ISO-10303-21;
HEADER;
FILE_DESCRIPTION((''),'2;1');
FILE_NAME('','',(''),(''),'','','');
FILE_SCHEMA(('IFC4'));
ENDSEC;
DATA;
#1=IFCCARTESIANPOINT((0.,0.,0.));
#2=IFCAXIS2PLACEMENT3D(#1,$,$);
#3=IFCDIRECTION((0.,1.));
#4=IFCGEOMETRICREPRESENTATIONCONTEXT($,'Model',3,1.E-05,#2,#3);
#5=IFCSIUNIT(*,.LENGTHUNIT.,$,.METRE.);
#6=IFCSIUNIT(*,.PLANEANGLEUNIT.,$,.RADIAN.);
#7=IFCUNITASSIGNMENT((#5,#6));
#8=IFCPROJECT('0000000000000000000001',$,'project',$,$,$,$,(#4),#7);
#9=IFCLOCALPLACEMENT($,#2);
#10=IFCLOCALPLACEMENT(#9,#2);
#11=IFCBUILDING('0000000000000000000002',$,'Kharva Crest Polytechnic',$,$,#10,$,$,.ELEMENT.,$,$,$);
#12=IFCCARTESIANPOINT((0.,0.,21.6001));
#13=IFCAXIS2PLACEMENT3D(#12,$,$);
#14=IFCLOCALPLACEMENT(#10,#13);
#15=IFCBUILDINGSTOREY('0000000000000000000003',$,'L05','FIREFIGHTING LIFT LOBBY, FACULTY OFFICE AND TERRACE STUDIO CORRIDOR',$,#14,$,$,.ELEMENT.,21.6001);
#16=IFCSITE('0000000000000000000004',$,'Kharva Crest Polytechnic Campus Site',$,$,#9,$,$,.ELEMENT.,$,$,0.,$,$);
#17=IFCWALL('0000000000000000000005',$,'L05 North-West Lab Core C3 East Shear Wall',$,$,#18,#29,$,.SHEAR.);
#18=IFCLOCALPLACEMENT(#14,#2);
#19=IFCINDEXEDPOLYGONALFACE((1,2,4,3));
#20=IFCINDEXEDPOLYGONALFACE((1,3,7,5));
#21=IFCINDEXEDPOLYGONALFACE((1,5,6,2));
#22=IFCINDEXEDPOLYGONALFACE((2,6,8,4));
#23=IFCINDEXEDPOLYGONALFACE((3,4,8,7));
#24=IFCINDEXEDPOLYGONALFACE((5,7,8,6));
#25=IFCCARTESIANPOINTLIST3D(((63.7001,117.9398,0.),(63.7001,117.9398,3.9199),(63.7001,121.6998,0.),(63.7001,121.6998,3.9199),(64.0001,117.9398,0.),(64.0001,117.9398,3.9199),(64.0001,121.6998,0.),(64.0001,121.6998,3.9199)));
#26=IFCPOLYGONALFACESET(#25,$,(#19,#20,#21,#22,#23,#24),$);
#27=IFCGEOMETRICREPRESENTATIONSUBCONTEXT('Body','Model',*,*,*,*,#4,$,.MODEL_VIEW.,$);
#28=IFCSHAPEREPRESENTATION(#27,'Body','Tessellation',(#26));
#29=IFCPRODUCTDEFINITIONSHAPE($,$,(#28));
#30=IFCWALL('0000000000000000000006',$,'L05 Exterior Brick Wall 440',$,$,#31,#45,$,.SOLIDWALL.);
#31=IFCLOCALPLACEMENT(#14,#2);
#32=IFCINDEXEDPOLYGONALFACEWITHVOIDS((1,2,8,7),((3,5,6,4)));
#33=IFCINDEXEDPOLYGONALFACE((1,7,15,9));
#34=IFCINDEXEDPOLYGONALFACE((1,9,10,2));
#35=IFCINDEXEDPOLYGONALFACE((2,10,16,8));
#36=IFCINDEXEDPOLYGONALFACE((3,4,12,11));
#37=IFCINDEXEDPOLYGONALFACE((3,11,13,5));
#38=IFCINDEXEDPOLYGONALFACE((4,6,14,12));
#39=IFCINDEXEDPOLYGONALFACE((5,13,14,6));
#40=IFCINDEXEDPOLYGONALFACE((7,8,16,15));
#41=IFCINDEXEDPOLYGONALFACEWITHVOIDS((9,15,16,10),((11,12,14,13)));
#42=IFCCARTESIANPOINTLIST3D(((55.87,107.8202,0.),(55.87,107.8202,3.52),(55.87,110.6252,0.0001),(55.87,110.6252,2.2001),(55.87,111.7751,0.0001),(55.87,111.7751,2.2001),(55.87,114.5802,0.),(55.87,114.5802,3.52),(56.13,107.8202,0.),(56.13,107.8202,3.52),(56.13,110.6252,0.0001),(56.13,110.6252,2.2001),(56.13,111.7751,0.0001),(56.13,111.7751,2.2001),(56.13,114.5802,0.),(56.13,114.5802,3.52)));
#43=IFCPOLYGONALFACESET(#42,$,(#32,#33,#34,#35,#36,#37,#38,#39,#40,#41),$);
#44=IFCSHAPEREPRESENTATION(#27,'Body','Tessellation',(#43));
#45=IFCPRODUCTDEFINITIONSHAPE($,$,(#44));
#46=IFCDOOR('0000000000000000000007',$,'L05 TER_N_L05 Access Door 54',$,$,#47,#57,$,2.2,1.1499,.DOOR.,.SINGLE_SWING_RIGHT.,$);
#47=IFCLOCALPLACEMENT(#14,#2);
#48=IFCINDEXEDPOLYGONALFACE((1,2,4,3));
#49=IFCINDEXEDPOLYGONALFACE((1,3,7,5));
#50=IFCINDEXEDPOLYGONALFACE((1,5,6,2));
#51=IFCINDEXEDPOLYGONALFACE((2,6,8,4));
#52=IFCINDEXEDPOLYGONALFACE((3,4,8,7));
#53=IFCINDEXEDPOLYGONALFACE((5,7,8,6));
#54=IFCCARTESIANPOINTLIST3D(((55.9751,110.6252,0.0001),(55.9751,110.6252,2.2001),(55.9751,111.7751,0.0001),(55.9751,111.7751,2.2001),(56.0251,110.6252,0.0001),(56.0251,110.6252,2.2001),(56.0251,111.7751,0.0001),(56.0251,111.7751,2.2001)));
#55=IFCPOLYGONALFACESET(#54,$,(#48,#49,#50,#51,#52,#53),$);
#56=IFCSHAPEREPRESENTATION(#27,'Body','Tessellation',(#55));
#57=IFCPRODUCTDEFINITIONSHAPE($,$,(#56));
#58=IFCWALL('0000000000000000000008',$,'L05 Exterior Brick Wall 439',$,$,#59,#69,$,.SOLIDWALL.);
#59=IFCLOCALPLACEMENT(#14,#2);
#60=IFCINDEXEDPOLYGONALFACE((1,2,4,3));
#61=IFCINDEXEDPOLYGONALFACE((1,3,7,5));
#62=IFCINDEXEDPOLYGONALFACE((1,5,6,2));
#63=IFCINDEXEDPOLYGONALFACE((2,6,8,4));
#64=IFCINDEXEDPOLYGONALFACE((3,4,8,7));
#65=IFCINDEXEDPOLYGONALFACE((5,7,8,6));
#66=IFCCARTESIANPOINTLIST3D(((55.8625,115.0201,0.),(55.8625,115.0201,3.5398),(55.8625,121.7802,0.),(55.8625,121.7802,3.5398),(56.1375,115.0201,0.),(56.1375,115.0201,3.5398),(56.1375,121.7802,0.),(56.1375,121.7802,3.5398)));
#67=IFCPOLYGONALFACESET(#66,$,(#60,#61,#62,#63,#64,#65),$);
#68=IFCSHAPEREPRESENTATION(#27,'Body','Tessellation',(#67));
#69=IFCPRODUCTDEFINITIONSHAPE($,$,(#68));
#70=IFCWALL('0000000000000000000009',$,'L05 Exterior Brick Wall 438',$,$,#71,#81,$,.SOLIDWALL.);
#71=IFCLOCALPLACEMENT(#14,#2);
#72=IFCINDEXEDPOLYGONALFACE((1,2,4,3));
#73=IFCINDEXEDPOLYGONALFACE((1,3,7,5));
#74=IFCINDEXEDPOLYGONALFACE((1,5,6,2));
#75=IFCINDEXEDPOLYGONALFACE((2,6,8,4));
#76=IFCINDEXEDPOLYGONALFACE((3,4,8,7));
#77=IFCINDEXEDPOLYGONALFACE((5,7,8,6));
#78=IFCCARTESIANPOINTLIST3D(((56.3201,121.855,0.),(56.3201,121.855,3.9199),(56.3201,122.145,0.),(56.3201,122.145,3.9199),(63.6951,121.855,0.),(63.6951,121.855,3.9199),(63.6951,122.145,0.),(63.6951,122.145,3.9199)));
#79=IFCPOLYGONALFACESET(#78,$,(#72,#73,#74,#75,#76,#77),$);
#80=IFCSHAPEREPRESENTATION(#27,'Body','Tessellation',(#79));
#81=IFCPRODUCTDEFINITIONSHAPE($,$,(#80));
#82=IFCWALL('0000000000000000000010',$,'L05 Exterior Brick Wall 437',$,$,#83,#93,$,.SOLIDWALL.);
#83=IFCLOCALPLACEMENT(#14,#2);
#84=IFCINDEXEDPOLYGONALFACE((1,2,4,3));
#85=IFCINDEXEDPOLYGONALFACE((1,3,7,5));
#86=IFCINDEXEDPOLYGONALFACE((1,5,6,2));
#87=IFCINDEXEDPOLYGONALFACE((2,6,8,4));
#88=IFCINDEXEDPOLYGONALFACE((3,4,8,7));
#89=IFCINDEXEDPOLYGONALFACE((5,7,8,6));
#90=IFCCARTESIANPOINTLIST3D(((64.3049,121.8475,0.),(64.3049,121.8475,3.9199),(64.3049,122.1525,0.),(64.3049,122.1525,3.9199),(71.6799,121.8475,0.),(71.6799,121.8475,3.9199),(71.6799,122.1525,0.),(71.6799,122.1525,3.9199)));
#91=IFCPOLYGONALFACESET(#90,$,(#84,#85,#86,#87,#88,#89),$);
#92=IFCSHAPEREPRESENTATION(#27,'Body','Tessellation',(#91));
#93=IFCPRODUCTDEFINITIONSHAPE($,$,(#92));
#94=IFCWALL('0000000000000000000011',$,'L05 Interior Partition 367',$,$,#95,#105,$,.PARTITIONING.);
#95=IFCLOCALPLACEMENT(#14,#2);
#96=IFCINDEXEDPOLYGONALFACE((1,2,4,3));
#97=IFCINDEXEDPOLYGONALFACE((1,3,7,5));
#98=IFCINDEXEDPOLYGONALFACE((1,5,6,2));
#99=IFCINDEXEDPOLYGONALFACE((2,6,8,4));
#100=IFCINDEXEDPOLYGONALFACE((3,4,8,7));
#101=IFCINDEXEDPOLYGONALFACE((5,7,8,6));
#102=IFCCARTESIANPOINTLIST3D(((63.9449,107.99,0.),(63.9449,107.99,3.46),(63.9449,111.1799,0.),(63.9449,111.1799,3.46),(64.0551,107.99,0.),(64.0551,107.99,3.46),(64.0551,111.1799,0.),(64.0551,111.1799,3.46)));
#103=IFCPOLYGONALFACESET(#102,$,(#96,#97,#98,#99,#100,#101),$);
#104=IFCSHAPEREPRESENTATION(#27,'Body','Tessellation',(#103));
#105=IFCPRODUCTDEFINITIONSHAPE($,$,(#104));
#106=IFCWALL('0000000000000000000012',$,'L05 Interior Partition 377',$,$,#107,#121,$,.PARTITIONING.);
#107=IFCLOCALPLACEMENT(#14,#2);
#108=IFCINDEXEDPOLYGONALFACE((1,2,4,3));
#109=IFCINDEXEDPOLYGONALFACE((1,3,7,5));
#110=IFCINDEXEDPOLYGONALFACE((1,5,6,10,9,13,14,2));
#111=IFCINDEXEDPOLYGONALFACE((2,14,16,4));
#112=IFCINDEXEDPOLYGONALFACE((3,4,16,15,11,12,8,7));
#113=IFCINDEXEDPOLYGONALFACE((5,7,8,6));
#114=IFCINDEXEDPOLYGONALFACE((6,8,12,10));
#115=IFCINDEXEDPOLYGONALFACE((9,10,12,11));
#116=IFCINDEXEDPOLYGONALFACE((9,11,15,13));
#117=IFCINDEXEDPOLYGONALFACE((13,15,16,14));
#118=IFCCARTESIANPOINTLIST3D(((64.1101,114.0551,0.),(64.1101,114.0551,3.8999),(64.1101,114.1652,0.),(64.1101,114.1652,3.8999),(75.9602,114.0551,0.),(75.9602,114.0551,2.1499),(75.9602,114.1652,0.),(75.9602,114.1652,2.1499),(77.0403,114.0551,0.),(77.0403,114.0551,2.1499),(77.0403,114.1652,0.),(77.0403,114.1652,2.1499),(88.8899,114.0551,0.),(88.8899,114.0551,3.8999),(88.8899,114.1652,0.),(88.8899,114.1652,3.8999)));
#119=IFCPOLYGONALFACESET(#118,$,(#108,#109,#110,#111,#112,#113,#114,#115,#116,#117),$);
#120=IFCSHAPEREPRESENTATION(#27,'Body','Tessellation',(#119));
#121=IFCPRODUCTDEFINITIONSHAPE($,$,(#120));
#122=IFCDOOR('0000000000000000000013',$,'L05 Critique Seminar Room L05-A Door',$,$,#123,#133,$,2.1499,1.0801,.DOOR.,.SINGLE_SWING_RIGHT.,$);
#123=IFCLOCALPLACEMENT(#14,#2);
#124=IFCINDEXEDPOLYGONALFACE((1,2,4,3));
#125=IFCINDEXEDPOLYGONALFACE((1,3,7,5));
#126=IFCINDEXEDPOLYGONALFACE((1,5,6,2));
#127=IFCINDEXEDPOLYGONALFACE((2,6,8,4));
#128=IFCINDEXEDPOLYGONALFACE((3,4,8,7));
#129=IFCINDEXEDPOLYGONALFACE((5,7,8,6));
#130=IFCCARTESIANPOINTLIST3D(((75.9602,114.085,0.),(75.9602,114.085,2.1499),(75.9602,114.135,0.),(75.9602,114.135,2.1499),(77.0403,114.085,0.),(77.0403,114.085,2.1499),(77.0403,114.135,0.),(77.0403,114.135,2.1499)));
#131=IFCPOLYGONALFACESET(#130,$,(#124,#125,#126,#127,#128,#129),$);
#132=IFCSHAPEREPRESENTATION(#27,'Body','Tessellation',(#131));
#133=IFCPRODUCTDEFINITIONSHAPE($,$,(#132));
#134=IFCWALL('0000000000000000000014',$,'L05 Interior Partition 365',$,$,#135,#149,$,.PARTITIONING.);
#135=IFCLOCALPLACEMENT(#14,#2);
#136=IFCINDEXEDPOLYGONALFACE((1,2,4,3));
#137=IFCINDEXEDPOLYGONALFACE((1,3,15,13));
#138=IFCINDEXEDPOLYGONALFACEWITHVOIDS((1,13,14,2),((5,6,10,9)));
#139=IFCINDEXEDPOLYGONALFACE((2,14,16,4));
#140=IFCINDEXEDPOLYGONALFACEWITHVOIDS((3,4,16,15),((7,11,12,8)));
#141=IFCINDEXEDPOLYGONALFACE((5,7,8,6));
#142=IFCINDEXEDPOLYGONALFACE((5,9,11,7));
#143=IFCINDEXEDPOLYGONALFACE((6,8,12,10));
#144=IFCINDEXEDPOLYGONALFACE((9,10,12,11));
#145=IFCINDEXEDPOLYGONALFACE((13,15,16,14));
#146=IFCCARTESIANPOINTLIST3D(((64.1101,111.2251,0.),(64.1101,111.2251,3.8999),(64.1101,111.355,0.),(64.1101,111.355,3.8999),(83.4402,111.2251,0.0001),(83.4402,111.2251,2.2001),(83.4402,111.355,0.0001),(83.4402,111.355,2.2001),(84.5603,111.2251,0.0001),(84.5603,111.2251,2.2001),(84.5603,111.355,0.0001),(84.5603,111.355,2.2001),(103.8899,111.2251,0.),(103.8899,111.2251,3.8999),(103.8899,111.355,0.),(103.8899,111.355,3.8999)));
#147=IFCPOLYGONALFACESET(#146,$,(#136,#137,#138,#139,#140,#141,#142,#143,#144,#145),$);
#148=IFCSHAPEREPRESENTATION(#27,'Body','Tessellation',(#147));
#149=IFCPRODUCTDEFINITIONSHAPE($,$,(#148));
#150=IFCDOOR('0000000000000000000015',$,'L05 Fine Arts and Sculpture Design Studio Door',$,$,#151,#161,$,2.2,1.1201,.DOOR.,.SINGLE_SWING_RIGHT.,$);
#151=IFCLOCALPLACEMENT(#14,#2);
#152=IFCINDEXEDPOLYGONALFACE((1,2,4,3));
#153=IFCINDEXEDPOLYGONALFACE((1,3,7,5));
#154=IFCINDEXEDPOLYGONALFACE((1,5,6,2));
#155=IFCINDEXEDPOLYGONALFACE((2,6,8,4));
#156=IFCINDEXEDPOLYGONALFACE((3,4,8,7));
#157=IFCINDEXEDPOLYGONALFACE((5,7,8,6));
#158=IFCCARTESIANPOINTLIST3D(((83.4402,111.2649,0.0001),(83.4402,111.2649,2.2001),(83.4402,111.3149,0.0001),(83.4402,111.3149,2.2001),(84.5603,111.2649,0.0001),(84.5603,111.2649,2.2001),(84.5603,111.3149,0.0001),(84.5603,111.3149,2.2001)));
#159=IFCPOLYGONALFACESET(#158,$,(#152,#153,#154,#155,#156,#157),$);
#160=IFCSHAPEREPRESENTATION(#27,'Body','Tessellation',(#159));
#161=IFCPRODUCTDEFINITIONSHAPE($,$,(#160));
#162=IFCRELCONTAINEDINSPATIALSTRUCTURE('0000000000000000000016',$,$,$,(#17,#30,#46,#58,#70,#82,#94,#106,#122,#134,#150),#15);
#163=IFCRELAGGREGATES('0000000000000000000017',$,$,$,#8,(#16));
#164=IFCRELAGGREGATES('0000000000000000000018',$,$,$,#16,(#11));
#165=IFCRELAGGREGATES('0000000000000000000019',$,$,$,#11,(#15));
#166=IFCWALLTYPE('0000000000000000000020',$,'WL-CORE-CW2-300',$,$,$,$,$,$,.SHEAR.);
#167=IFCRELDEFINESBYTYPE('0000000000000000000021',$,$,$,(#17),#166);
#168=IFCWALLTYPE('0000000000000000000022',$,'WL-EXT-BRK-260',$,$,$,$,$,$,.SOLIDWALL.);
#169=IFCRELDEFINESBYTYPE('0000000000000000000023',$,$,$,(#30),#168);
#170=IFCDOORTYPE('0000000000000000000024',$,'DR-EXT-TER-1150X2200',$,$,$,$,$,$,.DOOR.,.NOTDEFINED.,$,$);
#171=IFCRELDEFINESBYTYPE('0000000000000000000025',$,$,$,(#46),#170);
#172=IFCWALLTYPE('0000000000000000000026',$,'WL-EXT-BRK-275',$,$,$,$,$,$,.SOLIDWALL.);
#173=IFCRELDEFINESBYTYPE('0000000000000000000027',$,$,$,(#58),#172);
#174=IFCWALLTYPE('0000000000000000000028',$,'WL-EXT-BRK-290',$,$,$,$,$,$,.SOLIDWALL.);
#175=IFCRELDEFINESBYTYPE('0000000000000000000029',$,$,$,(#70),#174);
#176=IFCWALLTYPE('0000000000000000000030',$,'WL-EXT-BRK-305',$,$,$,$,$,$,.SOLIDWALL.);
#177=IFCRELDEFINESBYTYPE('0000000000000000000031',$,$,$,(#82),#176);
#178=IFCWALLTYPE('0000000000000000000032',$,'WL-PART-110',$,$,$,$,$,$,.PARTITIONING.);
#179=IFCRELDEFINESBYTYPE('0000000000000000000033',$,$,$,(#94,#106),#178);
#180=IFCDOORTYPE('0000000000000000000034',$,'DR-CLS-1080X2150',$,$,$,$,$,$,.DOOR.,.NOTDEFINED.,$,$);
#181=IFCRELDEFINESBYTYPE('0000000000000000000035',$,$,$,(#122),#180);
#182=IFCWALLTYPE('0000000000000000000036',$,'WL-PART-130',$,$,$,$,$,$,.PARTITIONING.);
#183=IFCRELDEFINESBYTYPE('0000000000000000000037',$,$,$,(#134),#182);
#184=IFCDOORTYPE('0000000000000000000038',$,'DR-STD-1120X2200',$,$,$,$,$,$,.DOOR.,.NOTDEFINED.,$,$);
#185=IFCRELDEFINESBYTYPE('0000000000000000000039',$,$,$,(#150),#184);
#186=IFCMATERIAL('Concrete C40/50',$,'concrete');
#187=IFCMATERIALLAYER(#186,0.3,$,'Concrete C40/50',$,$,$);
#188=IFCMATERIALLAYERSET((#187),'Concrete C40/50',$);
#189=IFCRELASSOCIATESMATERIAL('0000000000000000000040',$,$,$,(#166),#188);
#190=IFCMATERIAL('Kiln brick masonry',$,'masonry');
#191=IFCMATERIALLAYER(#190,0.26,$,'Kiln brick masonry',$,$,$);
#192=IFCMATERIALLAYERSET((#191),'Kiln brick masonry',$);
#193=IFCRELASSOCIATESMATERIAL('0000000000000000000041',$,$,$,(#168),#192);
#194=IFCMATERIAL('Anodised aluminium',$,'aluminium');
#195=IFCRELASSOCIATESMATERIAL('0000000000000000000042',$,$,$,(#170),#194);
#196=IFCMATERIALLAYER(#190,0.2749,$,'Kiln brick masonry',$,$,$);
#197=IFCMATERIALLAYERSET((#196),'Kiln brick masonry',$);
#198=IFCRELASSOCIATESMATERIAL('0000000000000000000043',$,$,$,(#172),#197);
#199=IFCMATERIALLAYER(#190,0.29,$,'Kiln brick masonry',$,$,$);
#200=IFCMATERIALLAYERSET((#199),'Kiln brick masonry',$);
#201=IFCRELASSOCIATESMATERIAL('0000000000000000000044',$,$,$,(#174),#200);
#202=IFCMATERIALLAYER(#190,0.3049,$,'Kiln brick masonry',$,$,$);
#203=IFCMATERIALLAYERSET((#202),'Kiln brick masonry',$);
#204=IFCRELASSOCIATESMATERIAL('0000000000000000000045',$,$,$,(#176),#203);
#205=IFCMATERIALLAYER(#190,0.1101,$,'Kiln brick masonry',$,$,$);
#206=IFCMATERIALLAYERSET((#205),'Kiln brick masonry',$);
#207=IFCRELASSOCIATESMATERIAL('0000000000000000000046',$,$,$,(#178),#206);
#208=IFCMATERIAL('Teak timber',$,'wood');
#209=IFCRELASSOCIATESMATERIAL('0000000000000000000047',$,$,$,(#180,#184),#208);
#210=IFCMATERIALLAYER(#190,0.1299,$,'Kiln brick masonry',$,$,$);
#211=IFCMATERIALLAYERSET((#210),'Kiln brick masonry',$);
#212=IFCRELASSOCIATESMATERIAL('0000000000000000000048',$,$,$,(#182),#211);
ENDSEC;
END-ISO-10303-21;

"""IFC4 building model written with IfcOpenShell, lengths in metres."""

from ifc_helpers import new_model, si_unit, direction, frame, frame_2d, origin, place, context, subcontext, project, spatial, rectangle, extrude, material, layer, layer_set, type_object, element, fill, save


model = new_model("IFC4")

# Units and contexts
model_context = context("Model", 3, precision=1e-05, world=origin(), true_north=direction((0.0, 1.0)))
body_context = subcontext(model_context, "Body", "Model", "MODEL_VIEW")
ifc_project = project(units=[si_unit("LENGTHUNIT", "METRE"), si_unit("PLANEANGLEUNIT", "RADIAN")], contexts=[model_context])

# Site, building, storey
site_placement = place(None, origin())
site = spatial("IfcSite", under=ifc_project, at=site_placement, Name="Kharva Crest Polytechnic Campus Site", CompositionType="ELEMENT", RefElevation=0.0)
building_placement = place(site_placement, origin())
building = spatial("IfcBuilding", under=site, at=building_placement, Name="Kharva Crest Polytechnic", CompositionType="ELEMENT")
storey_placement = place(building_placement, frame((0.0, 0.0, 21.6001)))
storey = spatial("IfcBuildingStorey", under=building, at=storey_placement, Name="L05", Description="FIREFIGHTING LIFT LOBBY, FACULTY OFFICE AND TERRACE STUDIO CORRIDOR", CompositionType="ELEMENT", Elevation=21.6001)

# Shared definitions
ifc_material_1 = material(Name="Concrete C40/50", Category="concrete")

# Shared definitions
ifc_layer_1 = layer(ifc_material_1, 0.3, Name="Concrete C40/50")
ifc_layer_set_1 = layer_set([ifc_layer_1], Name="Concrete C40/50")
wall_type_1 = type_object("IfcWallType", Name="WL-CORE-CW2-300", PredefinedType="SHEAR", material=ifc_layer_set_1)
ifc_material_2 = material(Name="Teak timber", Category="wood")

# Wall
wall_1_placement = place(storey_placement, frame((63.8501, 117.9399, 0.0), z_axis=(0.0, 0.0, 1.0), x_axis=(0.0, 1.0, 0.0)))
element("IfcWall", 1, at=wall_1_placement, inside=storey, type_object=wall_type_1, Name="L05 North-West Lab Core C3 East Shear Wall", PredefinedType="SHEAR", context=body_context, shape_type="SweptSolid", body=[
    extrude(rectangle(XDim=3.76, YDim=0.3, at=frame_2d((1.8799, 0.0))), origin(), (0.0, 0.0, 1.0), 3.9199),
])

# Wall, opening, door
ifc_material_3 = material(Name="Kiln brick masonry", Category="masonry")
ifc_layer_2 = layer(ifc_material_3, 0.26, Name="Kiln brick masonry")
ifc_layer_set_2 = layer_set([ifc_layer_2], Name="Kiln brick masonry")
wall_type_2 = type_object("IfcWallType", Name="WL-EXT-BRK-260", PredefinedType="SOLIDWALL", material=ifc_layer_set_2)
wall_2_placement = place(storey_placement, frame((56.0, 114.5801, 0.0), z_axis=(0.0, 0.0, 1.0), x_axis=(0.0, -1.0, 0.0)))
wall_2 = element("IfcWall", 2, at=wall_2_placement, inside=storey, type_object=wall_type_2, Name="L05 Exterior Brick Wall 440", PredefinedType="SOLIDWALL", context=body_context, shape_type="SweptSolid", body=[
    extrude(rectangle(XDim=6.76, YDim=0.26, at=frame_2d((3.3799, 0.0))), origin(), (0.0, 0.0, 1.0), 3.52),
])
opening_1_placement = place(wall_2_placement, frame((2.8049, 0.0, 0.0)))
opening_1 = element("IfcOpeningElement", 3, at=opening_1_placement, cuts=wall_2, PredefinedType="OPENING", context=body_context, shape_type="SweptSolid", body=[
    extrude(rectangle(XDim=1.1499, YDim=2.2, at=frame_2d((0.575, 1.1001))), frame((0.0, 0.1399, 0.0), z_axis=(0.0, -1.0, 0.0), x_axis=(1.0, 0.0, 0.0)), (0.0, 0.0, 1.0), 0.28),
])
ifc_material_4 = material(Name="Anodised aluminium", Category="aluminium")
door_type_1 = type_object("IfcDoorType", Name="DR-EXT-TER-1150X2200", OperationType="NOTDEFINED", PredefinedType="DOOR", material=ifc_material_4)
door_1_placement = place(opening_1_placement, frame((1.1499, 0.0, 0.0), z_axis=(0.0, 0.0, 1.0), x_axis=(-1.0, 0.0, 0.0)))
door_1 = element("IfcDoor", 4, at=door_1_placement, inside=storey, type_object=door_type_1, Name="L05 TER_N_L05 Access Door 54", OperationType="SINGLE_SWING_RIGHT", OverallHeight=2.2, OverallWidth=1.1499, PredefinedType="DOOR", context=body_context, shape_type="SweptSolid", body=[
    extrude(rectangle(XDim=1.1499, YDim=2.2, at=frame_2d((0.575, 1.1001))), frame((0.0, 0.0249, 0.0), z_axis=(0.0, -1.0, 0.0), x_axis=(1.0, 0.0, 0.0)), (0.0, 0.0, 1.0), 0.05),
])
fill(opening_1, door_1)

# Walls
ifc_layer_3 = layer(ifc_material_3, 0.2749, Name="Kiln brick masonry")
ifc_layer_set_3 = layer_set([ifc_layer_3], Name="Kiln brick masonry")
wall_type_3 = type_object("IfcWallType", Name="WL-EXT-BRK-275", PredefinedType="SOLIDWALL", material=ifc_layer_set_3)
wall_3_placement = place(storey_placement, frame((56.0, 121.78, 0.0), z_axis=(0.0, 0.0, 1.0), x_axis=(0.0, -1.0, 0.0)))
element("IfcWall", 5, at=wall_3_placement, inside=storey, type_object=wall_type_3, Name="L05 Exterior Brick Wall 439", PredefinedType="SOLIDWALL", context=body_context, shape_type="SweptSolid", body=[
    extrude(rectangle(XDim=6.76, YDim=0.2749, at=frame_2d((3.3799, 0.0))), origin(), (0.0, 0.0, 1.0), 3.5398),
])
ifc_layer_4 = layer(ifc_material_3, 0.29, Name="Kiln brick masonry")
ifc_layer_set_4 = layer_set([ifc_layer_4], Name="Kiln brick masonry")
wall_type_4 = type_object("IfcWallType", Name="WL-EXT-BRK-290", PredefinedType="SOLIDWALL", material=ifc_layer_set_4)
wall_4_placement = place(storey_placement, frame((63.6951, 122.0, 0.0), z_axis=(0.0, 0.0, 1.0), x_axis=(-1.0, 0.0, 0.0)))
element("IfcWall", 6, at=wall_4_placement, inside=storey, type_object=wall_type_4, Name="L05 Exterior Brick Wall 438", PredefinedType="SOLIDWALL", context=body_context, shape_type="SweptSolid", body=[
    extrude(rectangle(XDim=7.375, YDim=0.29, at=frame_2d((3.6875, 0.0))), origin(), (0.0, 0.0, 1.0), 3.9199),
])
ifc_layer_5 = layer(ifc_material_3, 0.3049, Name="Kiln brick masonry")
ifc_layer_set_5 = layer_set([ifc_layer_5], Name="Kiln brick masonry")
wall_type_5 = type_object("IfcWallType", Name="WL-EXT-BRK-305", PredefinedType="SOLIDWALL", material=ifc_layer_set_5)
wall_5_placement = place(storey_placement, frame((71.6799, 122.0, 0.0), z_axis=(0.0, 0.0, 1.0), x_axis=(-1.0, 0.0, 0.0)))
element("IfcWall", 7, at=wall_5_placement, inside=storey, type_object=wall_type_5, Name="L05 Exterior Brick Wall 437", PredefinedType="SOLIDWALL", context=body_context, shape_type="SweptSolid", body=[
    extrude(rectangle(XDim=7.375, YDim=0.3049, at=frame_2d((3.6875, 0.0))), origin(), (0.0, 0.0, 1.0), 3.9199),
])
ifc_layer_6 = layer(ifc_material_3, 0.1101, Name="Kiln brick masonry")
ifc_layer_set_6 = layer_set([ifc_layer_6], Name="Kiln brick masonry")
wall_type_6 = type_object("IfcWallType", Name="WL-PART-110", PredefinedType="PARTITIONING", material=ifc_layer_set_6)
wall_6_placement = place(storey_placement, frame((64.0, 107.99, 0.0), z_axis=(0.0, 0.0, 1.0), x_axis=(0.0, 1.0, 0.0)))
element("IfcWall", 8, at=wall_6_placement, inside=storey, type_object=wall_type_6, Name="L05 Interior Partition 367", PredefinedType="PARTITIONING", context=body_context, shape_type="SweptSolid", body=[
    extrude(rectangle(XDim=3.1899, YDim=0.1101, at=frame_2d((1.595, 0.0))), origin(), (0.0, 0.0, 1.0), 3.46),
])

# Walls, openings, doors
wall_7_placement = place(storey_placement, frame((64.1101, 114.1101, 0.0), z_axis=(0.0, 0.0, 1.0), x_axis=(1.0, 0.0, 0.0)))
wall_7 = element("IfcWall", 9, at=wall_7_placement, inside=storey, type_object=wall_type_6, Name="L05 Interior Partition 377", PredefinedType="PARTITIONING", context=body_context, shape_type="SweptSolid", body=[
    extrude(rectangle(XDim=24.7798, YDim=0.1101, at=frame_2d((12.3899, 0.0))), origin(), (0.0, 0.0, 1.0), 3.8999),
])
opening_2_placement = place(wall_7_placement, frame((11.8501, 0.0, 0.0)))
opening_2 = element("IfcOpeningElement", 10, at=opening_2_placement, cuts=wall_7, PredefinedType="OPENING", context=body_context, shape_type="SweptSolid", body=[
    extrude(rectangle(XDim=1.0801, YDim=2.1499, at=frame_2d((0.54, 1.075))), frame((0.0, 0.0649, 0.0), z_axis=(0.0, -1.0, 0.0), x_axis=(1.0, 0.0, 0.0)), (0.0, 0.0, 1.0), 0.1301),
])
door_type_2 = type_object("IfcDoorType", Name="DR-CLS-1080X2150", OperationType="NOTDEFINED", PredefinedType="DOOR", material=ifc_material_2)
door_2_placement = place(opening_2_placement, origin())
door_2 = element("IfcDoor", 11, at=door_2_placement, inside=storey, type_object=door_type_2, Name="L05 Critique Seminar Room L05-A Door", OperationType="SINGLE_SWING_RIGHT", OverallHeight=2.1499, OverallWidth=1.0801, PredefinedType="DOOR", context=body_context, shape_type="SweptSolid", body=[
    extrude(rectangle(XDim=1.0801, YDim=2.1499, at=frame_2d((0.54, 1.075))), frame((0.0, 0.0249, 0.0), z_axis=(0.0, -1.0, 0.0), x_axis=(1.0, 0.0, 0.0)), (0.0, 0.0, 1.0), 0.05),
])
fill(opening_2, door_2)
ifc_layer_7 = layer(ifc_material_3, 0.1299, Name="Kiln brick masonry")
ifc_layer_set_7 = layer_set([ifc_layer_7], Name="Kiln brick masonry")
wall_type_7 = type_object("IfcWallType", Name="WL-PART-130", PredefinedType="PARTITIONING", material=ifc_layer_set_7)
wall_8_placement = place(storey_placement, frame((64.1101, 111.29, 0.0), z_axis=(0.0, 0.0, 1.0), x_axis=(1.0, 0.0, 0.0)))
wall_8 = element("IfcWall", 12, at=wall_8_placement, inside=storey, type_object=wall_type_7, Name="L05 Interior Partition 365", PredefinedType="PARTITIONING", context=body_context, shape_type="SweptSolid", body=[
    extrude(rectangle(XDim=39.7798, YDim=0.1299, at=frame_2d((19.8899, 0.0))), origin(), (0.0, 0.0, 1.0), 3.8999),
])
opening_3_placement = place(wall_8_placement, frame((19.3301, 0.0, 0.0)))
opening_3 = element("IfcOpeningElement", 13, at=opening_3_placement, cuts=wall_8, PredefinedType="OPENING", context=body_context, shape_type="SweptSolid", body=[
    extrude(rectangle(XDim=1.1201, YDim=2.2, at=frame_2d((0.5601, 1.1001))), frame((0.0, 0.075, 0.0), z_axis=(0.0, -1.0, 0.0), x_axis=(1.0, 0.0, 0.0)), (0.0, 0.0, 1.0), 0.1499),
])
door_type_3 = type_object("IfcDoorType", Name="DR-STD-1120X2200", OperationType="NOTDEFINED", PredefinedType="DOOR", material=ifc_material_2)
door_3_placement = place(opening_3_placement, origin())
door_3 = element("IfcDoor", 14, at=door_3_placement, inside=storey, type_object=door_type_3, Name="L05 Fine Arts and Sculpture Design Studio Door", OperationType="SINGLE_SWING_RIGHT", OverallHeight=2.2, OverallWidth=1.1201, PredefinedType="DOOR", context=body_context, shape_type="SweptSolid", body=[
    extrude(rectangle(XDim=1.1201, YDim=2.2, at=frame_2d((0.5601, 1.1001))), frame((0.0, 0.0249, 0.0), z_axis=(0.0, -1.0, 0.0), x_axis=(1.0, 0.0, 0.0)), (0.0, 0.0, 1.0), 0.05),
])
fill(opening_3, door_3)

save(model, "model.ifc")
